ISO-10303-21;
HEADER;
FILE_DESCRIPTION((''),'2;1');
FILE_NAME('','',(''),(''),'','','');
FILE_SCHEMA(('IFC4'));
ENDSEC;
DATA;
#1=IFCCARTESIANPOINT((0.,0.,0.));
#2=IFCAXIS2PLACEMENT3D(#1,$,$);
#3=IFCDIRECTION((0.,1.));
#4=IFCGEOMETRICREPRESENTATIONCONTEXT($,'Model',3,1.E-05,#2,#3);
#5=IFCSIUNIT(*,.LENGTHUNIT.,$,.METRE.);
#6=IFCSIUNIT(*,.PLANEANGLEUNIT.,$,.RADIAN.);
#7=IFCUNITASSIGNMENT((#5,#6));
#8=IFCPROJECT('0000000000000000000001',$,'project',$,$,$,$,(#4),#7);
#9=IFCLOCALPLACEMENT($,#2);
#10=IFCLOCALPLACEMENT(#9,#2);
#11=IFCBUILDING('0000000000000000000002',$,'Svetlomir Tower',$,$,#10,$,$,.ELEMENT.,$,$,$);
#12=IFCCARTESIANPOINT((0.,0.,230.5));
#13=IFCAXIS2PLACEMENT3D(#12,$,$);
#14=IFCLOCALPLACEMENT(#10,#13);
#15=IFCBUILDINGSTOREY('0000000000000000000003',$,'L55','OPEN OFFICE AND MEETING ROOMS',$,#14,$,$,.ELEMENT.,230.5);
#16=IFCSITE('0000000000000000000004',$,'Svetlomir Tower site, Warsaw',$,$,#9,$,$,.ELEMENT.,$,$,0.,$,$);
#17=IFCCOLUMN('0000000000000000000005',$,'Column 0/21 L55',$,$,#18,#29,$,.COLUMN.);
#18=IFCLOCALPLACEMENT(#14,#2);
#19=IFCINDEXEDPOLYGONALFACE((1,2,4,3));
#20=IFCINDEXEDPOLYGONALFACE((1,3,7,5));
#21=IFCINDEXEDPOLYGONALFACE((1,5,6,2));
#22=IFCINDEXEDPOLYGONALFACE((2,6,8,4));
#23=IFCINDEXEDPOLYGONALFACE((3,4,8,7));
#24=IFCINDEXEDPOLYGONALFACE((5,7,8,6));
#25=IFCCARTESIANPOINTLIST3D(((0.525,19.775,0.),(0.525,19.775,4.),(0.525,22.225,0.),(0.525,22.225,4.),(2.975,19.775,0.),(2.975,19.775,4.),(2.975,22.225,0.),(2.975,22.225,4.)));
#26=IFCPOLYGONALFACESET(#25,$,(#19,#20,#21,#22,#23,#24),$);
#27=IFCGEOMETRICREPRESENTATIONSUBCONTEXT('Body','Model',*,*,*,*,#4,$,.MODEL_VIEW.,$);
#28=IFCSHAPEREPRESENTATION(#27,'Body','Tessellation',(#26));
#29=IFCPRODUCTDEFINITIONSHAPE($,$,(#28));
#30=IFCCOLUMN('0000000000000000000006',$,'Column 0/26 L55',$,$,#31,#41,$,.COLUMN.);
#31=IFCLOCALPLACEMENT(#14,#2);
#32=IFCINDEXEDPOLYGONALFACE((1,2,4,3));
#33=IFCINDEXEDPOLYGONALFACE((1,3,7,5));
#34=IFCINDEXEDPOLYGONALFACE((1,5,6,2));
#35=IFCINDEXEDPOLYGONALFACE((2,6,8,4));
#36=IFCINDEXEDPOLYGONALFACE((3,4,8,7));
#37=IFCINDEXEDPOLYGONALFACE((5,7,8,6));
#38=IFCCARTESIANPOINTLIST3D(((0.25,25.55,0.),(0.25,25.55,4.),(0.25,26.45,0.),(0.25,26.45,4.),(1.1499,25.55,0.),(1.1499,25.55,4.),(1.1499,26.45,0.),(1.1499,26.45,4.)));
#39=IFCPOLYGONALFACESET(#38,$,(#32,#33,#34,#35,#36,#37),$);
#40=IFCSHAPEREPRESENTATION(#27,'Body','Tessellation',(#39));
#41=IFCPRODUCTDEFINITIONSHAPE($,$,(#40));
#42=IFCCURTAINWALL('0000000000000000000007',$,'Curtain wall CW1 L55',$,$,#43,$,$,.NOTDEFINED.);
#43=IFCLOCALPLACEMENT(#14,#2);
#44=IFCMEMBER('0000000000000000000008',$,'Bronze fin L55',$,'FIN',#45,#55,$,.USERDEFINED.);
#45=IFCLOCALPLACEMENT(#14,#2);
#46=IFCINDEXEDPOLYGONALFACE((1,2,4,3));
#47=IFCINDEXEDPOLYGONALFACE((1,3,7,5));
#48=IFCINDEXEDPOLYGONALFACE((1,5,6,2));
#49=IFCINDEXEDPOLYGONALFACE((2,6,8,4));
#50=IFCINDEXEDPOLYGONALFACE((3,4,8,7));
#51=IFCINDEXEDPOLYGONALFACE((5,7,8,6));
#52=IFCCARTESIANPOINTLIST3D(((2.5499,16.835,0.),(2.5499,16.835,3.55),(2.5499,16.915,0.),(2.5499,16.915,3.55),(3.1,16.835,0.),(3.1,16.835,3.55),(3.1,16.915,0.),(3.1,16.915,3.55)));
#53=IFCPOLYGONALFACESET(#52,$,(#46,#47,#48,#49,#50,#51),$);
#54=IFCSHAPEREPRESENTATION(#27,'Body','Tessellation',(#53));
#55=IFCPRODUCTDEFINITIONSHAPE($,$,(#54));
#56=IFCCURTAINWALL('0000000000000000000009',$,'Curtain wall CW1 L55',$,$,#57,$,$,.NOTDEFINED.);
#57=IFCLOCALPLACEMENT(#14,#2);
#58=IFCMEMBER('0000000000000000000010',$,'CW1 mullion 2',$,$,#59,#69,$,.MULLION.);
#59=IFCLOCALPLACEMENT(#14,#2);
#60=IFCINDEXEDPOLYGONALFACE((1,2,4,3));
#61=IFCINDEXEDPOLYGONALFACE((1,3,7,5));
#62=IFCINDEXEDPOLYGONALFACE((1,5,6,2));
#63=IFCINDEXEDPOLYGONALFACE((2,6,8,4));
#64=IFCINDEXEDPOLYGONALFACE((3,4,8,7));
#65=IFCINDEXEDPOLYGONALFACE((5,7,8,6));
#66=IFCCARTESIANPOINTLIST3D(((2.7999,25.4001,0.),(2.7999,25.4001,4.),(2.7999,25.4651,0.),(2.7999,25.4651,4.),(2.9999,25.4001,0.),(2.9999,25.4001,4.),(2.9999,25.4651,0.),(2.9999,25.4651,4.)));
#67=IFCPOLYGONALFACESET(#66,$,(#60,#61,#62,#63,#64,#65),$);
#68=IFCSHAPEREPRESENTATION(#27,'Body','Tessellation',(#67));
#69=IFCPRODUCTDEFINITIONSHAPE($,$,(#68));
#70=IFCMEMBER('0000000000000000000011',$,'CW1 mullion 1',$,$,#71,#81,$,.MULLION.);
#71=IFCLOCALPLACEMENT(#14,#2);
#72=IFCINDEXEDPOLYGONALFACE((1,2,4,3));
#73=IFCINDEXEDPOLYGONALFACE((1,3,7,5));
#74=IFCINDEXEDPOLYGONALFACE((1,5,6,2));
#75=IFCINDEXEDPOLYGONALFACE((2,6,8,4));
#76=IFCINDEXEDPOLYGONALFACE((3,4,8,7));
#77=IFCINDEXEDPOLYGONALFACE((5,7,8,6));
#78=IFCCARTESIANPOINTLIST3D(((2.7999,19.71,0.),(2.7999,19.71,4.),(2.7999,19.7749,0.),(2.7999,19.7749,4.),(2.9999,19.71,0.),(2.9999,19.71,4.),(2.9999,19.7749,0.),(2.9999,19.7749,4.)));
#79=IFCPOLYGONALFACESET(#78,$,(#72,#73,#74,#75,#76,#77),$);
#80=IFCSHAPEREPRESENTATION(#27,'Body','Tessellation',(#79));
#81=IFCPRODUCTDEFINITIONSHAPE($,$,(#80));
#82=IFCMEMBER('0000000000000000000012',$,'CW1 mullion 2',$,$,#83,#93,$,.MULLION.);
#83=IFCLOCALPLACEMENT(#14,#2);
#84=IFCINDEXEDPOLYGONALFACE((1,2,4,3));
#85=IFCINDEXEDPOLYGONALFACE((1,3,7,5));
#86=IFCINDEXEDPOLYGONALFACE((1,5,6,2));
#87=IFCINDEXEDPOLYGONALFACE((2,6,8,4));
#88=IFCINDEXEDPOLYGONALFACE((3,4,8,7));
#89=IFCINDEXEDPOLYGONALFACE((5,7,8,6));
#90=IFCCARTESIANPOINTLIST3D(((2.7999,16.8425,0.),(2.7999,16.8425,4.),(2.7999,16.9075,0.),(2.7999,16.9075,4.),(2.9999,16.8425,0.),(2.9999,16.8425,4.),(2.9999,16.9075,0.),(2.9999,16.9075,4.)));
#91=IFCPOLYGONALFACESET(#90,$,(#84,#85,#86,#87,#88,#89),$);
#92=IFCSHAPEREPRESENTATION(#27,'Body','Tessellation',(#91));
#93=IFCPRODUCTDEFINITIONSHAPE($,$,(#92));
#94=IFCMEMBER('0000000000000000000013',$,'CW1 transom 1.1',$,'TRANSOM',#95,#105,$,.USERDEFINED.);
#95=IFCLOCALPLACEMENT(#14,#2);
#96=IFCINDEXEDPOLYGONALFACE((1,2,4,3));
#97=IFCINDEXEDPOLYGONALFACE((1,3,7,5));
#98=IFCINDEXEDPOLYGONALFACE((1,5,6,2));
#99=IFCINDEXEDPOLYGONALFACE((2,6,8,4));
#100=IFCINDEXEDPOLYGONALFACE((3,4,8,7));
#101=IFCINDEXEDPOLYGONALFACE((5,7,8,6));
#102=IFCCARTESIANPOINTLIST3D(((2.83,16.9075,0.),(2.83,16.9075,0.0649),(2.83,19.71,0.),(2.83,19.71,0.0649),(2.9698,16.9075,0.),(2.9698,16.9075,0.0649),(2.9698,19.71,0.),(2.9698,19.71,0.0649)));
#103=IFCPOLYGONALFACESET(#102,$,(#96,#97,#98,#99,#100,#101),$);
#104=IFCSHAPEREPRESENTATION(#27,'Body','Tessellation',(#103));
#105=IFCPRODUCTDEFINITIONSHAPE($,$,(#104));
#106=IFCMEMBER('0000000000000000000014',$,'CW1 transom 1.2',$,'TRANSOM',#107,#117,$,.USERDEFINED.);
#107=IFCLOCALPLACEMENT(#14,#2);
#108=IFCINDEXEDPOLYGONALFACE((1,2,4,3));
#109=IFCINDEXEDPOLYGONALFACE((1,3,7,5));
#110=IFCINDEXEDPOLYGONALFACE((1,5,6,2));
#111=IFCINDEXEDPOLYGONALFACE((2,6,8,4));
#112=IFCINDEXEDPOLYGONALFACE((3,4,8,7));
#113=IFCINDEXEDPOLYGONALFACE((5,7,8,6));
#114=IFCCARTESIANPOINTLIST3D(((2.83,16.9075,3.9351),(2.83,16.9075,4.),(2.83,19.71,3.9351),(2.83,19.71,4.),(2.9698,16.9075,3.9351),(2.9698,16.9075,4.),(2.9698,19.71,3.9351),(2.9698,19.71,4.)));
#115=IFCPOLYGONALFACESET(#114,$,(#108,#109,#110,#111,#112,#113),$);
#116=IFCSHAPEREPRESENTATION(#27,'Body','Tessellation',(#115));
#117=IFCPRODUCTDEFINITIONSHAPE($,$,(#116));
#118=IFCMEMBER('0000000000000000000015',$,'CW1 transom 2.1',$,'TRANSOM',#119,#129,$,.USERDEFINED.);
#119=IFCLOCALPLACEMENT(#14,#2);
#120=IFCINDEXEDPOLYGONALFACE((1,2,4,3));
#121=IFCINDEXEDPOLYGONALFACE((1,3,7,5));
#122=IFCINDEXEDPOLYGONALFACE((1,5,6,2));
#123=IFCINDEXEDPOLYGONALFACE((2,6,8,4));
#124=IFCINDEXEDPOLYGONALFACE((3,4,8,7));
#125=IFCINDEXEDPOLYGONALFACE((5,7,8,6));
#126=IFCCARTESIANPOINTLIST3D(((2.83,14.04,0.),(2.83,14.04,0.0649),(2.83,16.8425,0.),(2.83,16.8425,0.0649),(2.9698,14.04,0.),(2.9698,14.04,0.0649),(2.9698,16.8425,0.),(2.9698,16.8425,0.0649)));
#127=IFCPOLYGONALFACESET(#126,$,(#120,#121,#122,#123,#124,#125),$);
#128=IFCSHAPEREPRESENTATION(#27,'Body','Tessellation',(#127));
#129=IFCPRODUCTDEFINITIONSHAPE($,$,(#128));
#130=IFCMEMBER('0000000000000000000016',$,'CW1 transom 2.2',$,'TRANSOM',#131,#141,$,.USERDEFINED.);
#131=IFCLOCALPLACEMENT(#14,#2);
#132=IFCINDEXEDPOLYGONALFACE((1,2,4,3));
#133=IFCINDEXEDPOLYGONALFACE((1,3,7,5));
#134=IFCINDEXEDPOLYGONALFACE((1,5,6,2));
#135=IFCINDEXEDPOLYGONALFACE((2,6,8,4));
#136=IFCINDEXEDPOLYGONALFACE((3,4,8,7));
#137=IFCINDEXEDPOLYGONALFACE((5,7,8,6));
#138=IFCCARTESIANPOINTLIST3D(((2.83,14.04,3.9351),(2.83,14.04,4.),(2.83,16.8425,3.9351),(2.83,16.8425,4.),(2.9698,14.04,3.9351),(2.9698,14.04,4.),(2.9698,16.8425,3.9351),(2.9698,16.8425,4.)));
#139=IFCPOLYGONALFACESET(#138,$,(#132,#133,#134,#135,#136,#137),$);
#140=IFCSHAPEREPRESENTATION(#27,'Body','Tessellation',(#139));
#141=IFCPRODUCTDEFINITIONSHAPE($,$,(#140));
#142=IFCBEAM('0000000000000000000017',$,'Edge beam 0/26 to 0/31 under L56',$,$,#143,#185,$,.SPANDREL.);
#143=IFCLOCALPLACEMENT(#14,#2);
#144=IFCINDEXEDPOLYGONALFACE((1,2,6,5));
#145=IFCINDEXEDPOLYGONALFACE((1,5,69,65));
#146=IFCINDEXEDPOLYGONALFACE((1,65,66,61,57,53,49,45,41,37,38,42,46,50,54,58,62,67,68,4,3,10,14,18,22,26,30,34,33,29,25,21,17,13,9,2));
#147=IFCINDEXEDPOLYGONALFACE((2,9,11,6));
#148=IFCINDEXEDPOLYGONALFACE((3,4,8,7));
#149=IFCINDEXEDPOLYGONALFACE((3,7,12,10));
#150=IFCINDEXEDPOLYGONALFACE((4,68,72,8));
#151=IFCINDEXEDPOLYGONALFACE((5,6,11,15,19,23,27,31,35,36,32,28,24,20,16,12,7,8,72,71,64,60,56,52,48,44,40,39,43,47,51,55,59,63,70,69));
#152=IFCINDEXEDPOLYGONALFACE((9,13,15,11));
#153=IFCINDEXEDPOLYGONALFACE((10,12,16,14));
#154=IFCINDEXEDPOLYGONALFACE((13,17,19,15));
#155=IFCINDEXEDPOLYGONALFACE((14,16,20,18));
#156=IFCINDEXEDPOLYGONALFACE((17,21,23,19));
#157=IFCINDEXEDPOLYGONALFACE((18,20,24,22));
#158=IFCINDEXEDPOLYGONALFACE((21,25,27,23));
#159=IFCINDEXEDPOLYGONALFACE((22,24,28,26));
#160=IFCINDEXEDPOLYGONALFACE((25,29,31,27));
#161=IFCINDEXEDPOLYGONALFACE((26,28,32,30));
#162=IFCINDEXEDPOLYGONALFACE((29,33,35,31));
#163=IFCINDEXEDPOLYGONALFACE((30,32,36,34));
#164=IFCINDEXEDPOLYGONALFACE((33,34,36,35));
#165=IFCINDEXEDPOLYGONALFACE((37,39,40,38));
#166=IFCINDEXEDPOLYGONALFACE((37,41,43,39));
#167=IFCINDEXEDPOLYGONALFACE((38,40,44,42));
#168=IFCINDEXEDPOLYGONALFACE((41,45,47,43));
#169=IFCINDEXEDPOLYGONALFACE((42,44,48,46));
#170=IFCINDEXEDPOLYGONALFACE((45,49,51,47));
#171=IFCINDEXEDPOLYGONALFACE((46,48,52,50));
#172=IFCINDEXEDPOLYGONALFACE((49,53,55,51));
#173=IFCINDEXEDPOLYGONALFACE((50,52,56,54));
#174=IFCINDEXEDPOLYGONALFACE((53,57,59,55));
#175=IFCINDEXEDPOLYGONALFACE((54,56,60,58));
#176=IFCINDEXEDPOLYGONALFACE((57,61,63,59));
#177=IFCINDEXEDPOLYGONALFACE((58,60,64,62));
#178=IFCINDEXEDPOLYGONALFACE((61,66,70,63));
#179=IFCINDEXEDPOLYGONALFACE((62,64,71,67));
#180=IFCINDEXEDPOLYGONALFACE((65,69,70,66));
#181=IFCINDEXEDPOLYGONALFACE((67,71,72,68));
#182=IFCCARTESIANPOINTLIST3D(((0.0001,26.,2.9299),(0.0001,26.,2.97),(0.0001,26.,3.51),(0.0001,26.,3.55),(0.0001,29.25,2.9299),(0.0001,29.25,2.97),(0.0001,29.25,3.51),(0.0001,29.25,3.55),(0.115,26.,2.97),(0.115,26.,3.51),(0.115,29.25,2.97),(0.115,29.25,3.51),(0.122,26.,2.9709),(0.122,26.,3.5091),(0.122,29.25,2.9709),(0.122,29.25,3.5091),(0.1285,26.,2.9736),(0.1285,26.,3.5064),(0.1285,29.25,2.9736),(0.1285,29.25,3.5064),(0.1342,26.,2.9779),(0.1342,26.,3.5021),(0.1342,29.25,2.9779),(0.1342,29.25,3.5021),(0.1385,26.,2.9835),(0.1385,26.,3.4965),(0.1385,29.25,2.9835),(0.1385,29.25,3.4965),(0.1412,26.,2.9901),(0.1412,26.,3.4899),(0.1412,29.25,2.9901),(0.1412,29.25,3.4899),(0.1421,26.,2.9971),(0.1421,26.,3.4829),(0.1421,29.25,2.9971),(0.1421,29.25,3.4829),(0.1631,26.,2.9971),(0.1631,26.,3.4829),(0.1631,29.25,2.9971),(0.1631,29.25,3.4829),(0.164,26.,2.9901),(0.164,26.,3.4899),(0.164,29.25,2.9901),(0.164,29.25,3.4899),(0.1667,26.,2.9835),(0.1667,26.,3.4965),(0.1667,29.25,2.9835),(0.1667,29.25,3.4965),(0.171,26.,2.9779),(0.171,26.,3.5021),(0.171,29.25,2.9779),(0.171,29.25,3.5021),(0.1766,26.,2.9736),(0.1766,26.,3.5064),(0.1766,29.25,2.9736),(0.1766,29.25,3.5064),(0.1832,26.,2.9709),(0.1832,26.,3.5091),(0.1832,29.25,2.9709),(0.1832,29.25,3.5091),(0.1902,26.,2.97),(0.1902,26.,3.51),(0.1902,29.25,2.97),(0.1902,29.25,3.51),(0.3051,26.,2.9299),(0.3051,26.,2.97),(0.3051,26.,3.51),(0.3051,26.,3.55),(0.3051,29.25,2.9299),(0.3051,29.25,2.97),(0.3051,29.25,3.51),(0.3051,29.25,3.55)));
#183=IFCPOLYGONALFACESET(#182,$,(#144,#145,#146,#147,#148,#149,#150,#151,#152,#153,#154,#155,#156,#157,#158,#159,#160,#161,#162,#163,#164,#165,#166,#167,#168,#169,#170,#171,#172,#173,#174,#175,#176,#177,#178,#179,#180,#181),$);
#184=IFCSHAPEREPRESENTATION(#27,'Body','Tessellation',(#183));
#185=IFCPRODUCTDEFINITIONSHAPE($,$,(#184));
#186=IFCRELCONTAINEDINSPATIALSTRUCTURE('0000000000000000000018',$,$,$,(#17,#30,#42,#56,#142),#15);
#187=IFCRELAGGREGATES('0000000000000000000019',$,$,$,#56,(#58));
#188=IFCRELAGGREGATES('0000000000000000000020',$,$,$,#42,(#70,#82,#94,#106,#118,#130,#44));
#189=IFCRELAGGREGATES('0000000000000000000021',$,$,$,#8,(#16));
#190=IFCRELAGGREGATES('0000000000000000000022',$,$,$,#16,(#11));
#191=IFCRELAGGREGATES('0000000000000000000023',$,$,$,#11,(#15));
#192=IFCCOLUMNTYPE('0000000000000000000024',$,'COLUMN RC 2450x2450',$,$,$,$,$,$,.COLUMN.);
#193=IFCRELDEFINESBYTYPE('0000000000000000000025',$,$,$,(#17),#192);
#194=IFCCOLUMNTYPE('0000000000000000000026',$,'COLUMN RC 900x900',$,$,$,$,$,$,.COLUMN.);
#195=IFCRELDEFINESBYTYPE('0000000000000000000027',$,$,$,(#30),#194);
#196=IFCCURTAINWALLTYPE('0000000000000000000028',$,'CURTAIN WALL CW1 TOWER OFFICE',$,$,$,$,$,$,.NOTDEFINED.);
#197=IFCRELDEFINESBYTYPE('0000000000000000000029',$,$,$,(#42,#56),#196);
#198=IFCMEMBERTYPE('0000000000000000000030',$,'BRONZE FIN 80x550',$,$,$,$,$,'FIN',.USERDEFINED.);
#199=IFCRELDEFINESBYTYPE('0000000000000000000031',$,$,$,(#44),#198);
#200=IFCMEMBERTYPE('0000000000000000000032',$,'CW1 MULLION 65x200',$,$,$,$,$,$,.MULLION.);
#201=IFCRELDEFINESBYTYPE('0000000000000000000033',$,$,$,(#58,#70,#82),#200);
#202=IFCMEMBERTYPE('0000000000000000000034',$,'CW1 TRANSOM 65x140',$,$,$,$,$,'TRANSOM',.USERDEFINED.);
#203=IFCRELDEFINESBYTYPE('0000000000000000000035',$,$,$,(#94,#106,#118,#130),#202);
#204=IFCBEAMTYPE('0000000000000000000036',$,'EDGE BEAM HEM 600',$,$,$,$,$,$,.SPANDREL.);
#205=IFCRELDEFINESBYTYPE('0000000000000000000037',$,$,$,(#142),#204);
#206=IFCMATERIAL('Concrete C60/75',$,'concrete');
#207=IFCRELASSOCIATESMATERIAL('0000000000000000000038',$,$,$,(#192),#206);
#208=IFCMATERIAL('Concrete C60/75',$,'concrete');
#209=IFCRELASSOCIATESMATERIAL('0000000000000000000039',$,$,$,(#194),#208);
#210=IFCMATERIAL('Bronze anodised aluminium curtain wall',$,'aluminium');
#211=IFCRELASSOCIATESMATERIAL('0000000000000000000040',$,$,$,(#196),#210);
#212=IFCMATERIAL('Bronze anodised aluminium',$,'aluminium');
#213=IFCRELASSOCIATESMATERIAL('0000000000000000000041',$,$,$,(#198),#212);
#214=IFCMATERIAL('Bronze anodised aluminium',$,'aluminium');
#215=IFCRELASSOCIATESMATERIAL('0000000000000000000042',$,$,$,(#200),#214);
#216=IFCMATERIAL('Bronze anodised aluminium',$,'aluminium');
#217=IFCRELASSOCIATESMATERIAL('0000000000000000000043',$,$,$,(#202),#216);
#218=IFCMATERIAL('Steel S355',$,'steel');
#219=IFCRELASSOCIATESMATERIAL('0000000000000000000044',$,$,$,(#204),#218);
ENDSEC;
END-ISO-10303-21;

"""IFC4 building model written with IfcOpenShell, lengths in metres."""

from ifc_helpers import new_model, si_unit, direction, frame, origin, origin_2d, place, context, subcontext, project, spatial, rectangle, i_section, extrude, material, material_profile, profile_set, type_object, element, aggregate, save


model = new_model("IFC4")

# Units and contexts
model_context = context("Model", 3, precision=1e-05, world=origin(), true_north=direction((0.0, 1.0)))
body_context = subcontext(model_context, "Body", "Model", "MODEL_VIEW")
ifc_project = project(units=[si_unit("LENGTHUNIT", "METRE"), si_unit("PLANEANGLEUNIT", "RADIAN")], contexts=[model_context])

# Site, building, storey
site_placement = place(None, origin())
site = spatial("IfcSite", under=ifc_project, at=site_placement, Name="Svetlomir Tower site, Warsaw", CompositionType="ELEMENT", RefElevation=0.0)
building_placement = place(site_placement, origin())
building = spatial("IfcBuilding", under=site, at=building_placement, Name="Svetlomir Tower", CompositionType="ELEMENT")
storey_placement = place(building_placement, frame((0.0, 0.0, 230.5)))
storey = spatial("IfcBuildingStorey", under=building, at=storey_placement, Name="L55", Description="OPEN OFFICE AND MEETING ROOMS", CompositionType="ELEMENT", Elevation=230.5)

# Columns
ifc_material_1 = material(Name="Concrete C60/75", Category="concrete")
ifc_material_profile_1 = material_profile(ifc_material_1, rectangle(XDim=2.45, YDim=2.45, at=origin_2d()), Name="RC 2450x2450")
ifc_profile_set_1 = profile_set([ifc_material_profile_1], Name="Concrete C60/75")
column_type_1 = type_object("IfcColumnType", Name="COLUMN RC 2450x2450", PredefinedType="COLUMN", material=ifc_profile_set_1)
column_1_placement = place(storey_placement, frame((1.75, 21.0, 0.0), z_axis=(0.0, 0.0, 1.0), x_axis=(1.0, 0.0, 0.0)))
element("IfcColumn", 1, at=column_1_placement, inside=storey, type_object=column_type_1, Name="Column 0/21 L55", PredefinedType="COLUMN", context=body_context, shape_type="SweptSolid", body=[
    extrude(rectangle(XDim=2.45, YDim=2.45, at=origin_2d()), origin(), (0.0, 0.0, 1.0), 4.0),
])
ifc_material_2 = material(Name="Concrete C60/75", Category="concrete")
ifc_material_profile_2 = material_profile(ifc_material_2, rectangle(XDim=0.8999, YDim=0.8999, at=origin_2d()), Name="RC 900x900")
ifc_profile_set_2 = profile_set([ifc_material_profile_2], Name="Concrete C60/75")
column_type_2 = type_object("IfcColumnType", Name="COLUMN RC 900x900", PredefinedType="COLUMN", material=ifc_profile_set_2)
column_2_placement = place(storey_placement, frame((0.7, 26.0, 0.0), z_axis=(0.0, 0.0, 1.0), x_axis=(1.0, 0.0, 0.0)))
element("IfcColumn", 2, at=column_2_placement, inside=storey, type_object=column_type_2, Name="Column 0/26 L55", PredefinedType="COLUMN", context=body_context, shape_type="SweptSolid", body=[
    extrude(rectangle(XDim=0.8999, YDim=0.8999, at=origin_2d()), origin(), (0.0, 0.0, 1.0), 4.0),
])

# Curtain walls, members
ifc_material_3 = material(Name="Bronze anodised aluminium curtain wall", Category="aluminium")
curtain_wall_type = type_object("IfcCurtainWallType", Name="CURTAIN WALL CW1 TOWER OFFICE", PredefinedType="NOTDEFINED", material=ifc_material_3)
curtain_wall_1_placement = place(storey_placement, origin())
curtain_wall_1 = element("IfcCurtainWall", 3, at=curtain_wall_1_placement, inside=storey, type_object=curtain_wall_type, Name="Curtain wall CW1 L55", PredefinedType="NOTDEFINED")
ifc_material_4 = material(Name="Bronze anodised aluminium", Category="aluminium")
ifc_material_profile_3 = material_profile(ifc_material_4, rectangle(XDim=0.0801, YDim=0.55, at=origin_2d()), Name="FIN 80x550")
ifc_profile_set_3 = profile_set([ifc_material_profile_3], Name="Bronze anodised aluminium 6063-T6")
member_type_1 = type_object("IfcMemberType", Name="BRONZE FIN 80x550", ElementType="FIN", PredefinedType="USERDEFINED", material=ifc_profile_set_3)
member_1_placement = place(storey_placement, frame((2.825, 16.875, 0.0), z_axis=(0.0, 0.0, 1.0), x_axis=(0.0, 1.0, 0.0)))
member_1 = element("IfcMember", 4, at=member_1_placement, type_object=member_type_1, Name="Bronze fin L55", ObjectType="FIN", PredefinedType="USERDEFINED", context=body_context, shape_type="SweptSolid", body=[
    extrude(rectangle(XDim=0.0801, YDim=0.55, at=origin_2d()), origin(), (0.0, 0.0, 1.0), 3.55),
])
curtain_wall_2_placement = place(storey_placement, origin())
curtain_wall_2 = element("IfcCurtainWall", 5, at=curtain_wall_2_placement, inside=storey, type_object=curtain_wall_type, Name="Curtain wall CW1 L55", PredefinedType="NOTDEFINED")
ifc_material_5 = material(Name="Bronze anodised aluminium", Category="aluminium")
ifc_material_profile_4 = material_profile(ifc_material_5, rectangle(XDim=0.0649, YDim=0.2, at=origin_2d()), Name="AL 65x200")
ifc_profile_set_4 = profile_set([ifc_material_profile_4], Name="Bronze anodised aluminium 6063-T6")
member_type_2 = type_object("IfcMemberType", Name="CW1 MULLION 65x200", PredefinedType="MULLION", material=ifc_profile_set_4)
member_2_placement = place(storey_placement, frame((2.8999, 25.4326, 0.0), z_axis=(0.0, 0.0, 1.0), x_axis=(0.0, -1.0, 0.0)))
member_2 = element("IfcMember", 6, at=member_2_placement, type_object=member_type_2, Name="CW1 mullion 2", PredefinedType="MULLION", context=body_context, shape_type="SweptSolid", body=[
    extrude(rectangle(XDim=0.0649, YDim=0.2, at=origin_2d()), origin(), (0.0, 0.0, 1.0), 4.0),
])

# Members
member_3_placement = place(storey_placement, frame((2.8999, 19.7424, 0.0), z_axis=(0.0, 0.0, 1.0), x_axis=(0.0, -1.0, 0.0)))
member_3 = element("IfcMember", 7, at=member_3_placement, type_object=member_type_2, Name="CW1 mullion 1", PredefinedType="MULLION", context=body_context, shape_type="SweptSolid", body=[
    extrude(rectangle(XDim=0.0649, YDim=0.2, at=origin_2d()), origin(), (0.0, 0.0, 1.0), 4.0),
])
member_4_placement = place(storey_placement, frame((2.8999, 16.875, 0.0), z_axis=(0.0, 0.0, 1.0), x_axis=(0.0, -1.0, 0.0)))
member_4 = element("IfcMember", 8, at=member_4_placement, type_object=member_type_2, Name="CW1 mullion 2", PredefinedType="MULLION", context=body_context, shape_type="SweptSolid", body=[
    extrude(rectangle(XDim=0.0649, YDim=0.2, at=origin_2d()), origin(), (0.0, 0.0, 1.0), 4.0),
])
ifc_material_6 = material(Name="Bronze anodised aluminium", Category="aluminium")
ifc_material_profile_5 = material_profile(ifc_material_6, rectangle(XDim=0.1399, YDim=0.0649, at=origin_2d()), Name="AL 140x65")
ifc_profile_set_5 = profile_set([ifc_material_profile_5], Name="Bronze anodised aluminium 6063-T6")
member_type_3 = type_object("IfcMemberType", Name="CW1 TRANSOM 65x140", ElementType="TRANSOM", PredefinedType="USERDEFINED", material=ifc_profile_set_5)
member_5_placement = place(storey_placement, frame((2.8999, 19.71, 0.0325), z_axis=(0.0, -1.0, 0.0), x_axis=(1.0, 0.0, 0.0)))
member_5 = element("IfcMember", 9, at=member_5_placement, type_object=member_type_3, Name="CW1 transom 1.1", ObjectType="TRANSOM", PredefinedType="USERDEFINED", context=body_context, shape_type="SweptSolid", body=[
    extrude(rectangle(XDim=0.1399, YDim=0.0649, at=origin_2d()), origin(), (0.0, 0.0, 1.0), 2.8025),
])
member_6_placement = place(storey_placement, frame((2.8999, 19.71, 3.9675), z_axis=(0.0, -1.0, 0.0), x_axis=(1.0, 0.0, 0.0)))
member_6 = element("IfcMember", 10, at=member_6_placement, type_object=member_type_3, Name="CW1 transom 1.2", ObjectType="TRANSOM", PredefinedType="USERDEFINED", context=body_context, shape_type="SweptSolid", body=[
    extrude(rectangle(XDim=0.1399, YDim=0.0649, at=origin_2d()), origin(), (0.0, 0.0, 1.0), 2.8025),
])
member_7_placement = place(storey_placement, frame((2.8999, 16.8425, 0.0325), z_axis=(0.0, -1.0, 0.0), x_axis=(1.0, 0.0, 0.0)))
member_7 = element("IfcMember", 11, at=member_7_placement, type_object=member_type_3, Name="CW1 transom 2.1", ObjectType="TRANSOM", PredefinedType="USERDEFINED", context=body_context, shape_type="SweptSolid", body=[
    extrude(rectangle(XDim=0.1399, YDim=0.0649, at=origin_2d()), origin(), (0.0, 0.0, 1.0), 2.8025),
])
member_8_placement = place(storey_placement, frame((2.8999, 16.8425, 3.9675), z_axis=(0.0, -1.0, 0.0), x_axis=(1.0, 0.0, 0.0)))
member_8 = element("IfcMember", 12, at=member_8_placement, type_object=member_type_3, Name="CW1 transom 2.2", ObjectType="TRANSOM", PredefinedType="USERDEFINED", context=body_context, shape_type="SweptSolid", body=[
    extrude(rectangle(XDim=0.1399, YDim=0.0649, at=origin_2d()), origin(), (0.0, 0.0, 1.0), 2.8025),
])

# Beam
ifc_material_7 = material(Name="Steel S355", Category="steel")
ifc_material_profile_6 = material_profile(ifc_material_7, i_section(OverallWidth=0.3049, OverallDepth=0.6201, WebThickness=0.021, FlangeThickness=0.04, FilletRadius=0.0271, at=origin_2d()), Name="HEM 600")
ifc_profile_set_6 = profile_set([ifc_material_profile_6], Name="Steel S355")
beam_type_1 = type_object("IfcBeamType", Name="EDGE BEAM HEM 600", PredefinedType="SPANDREL", material=ifc_profile_set_6)
beam_1_placement = place(storey_placement, frame((0.1526, 26.0, 3.24), z_axis=(0.0, 1.0, 0.0), x_axis=(-1.0, 0.0, 0.0)))
element("IfcBeam", 13, at=beam_1_placement, inside=storey, type_object=beam_type_1, Name="Edge beam 0/26 to 0/31 under L56", PredefinedType="SPANDREL", context=body_context, shape_type="SweptSolid", body=[
    extrude(i_section(OverallWidth=0.3049, OverallDepth=0.6201, WebThickness=0.021, FlangeThickness=0.04, FilletRadius=0.0271, at=origin_2d()), origin(), (0.0, 0.0, 1.0), 3.25),
])

aggregate(curtain_wall_2, [member_2])
aggregate(curtain_wall_1, [member_3, member_4, member_5, member_6, member_7, member_8, member_1])

save(model, "model.ifc")
